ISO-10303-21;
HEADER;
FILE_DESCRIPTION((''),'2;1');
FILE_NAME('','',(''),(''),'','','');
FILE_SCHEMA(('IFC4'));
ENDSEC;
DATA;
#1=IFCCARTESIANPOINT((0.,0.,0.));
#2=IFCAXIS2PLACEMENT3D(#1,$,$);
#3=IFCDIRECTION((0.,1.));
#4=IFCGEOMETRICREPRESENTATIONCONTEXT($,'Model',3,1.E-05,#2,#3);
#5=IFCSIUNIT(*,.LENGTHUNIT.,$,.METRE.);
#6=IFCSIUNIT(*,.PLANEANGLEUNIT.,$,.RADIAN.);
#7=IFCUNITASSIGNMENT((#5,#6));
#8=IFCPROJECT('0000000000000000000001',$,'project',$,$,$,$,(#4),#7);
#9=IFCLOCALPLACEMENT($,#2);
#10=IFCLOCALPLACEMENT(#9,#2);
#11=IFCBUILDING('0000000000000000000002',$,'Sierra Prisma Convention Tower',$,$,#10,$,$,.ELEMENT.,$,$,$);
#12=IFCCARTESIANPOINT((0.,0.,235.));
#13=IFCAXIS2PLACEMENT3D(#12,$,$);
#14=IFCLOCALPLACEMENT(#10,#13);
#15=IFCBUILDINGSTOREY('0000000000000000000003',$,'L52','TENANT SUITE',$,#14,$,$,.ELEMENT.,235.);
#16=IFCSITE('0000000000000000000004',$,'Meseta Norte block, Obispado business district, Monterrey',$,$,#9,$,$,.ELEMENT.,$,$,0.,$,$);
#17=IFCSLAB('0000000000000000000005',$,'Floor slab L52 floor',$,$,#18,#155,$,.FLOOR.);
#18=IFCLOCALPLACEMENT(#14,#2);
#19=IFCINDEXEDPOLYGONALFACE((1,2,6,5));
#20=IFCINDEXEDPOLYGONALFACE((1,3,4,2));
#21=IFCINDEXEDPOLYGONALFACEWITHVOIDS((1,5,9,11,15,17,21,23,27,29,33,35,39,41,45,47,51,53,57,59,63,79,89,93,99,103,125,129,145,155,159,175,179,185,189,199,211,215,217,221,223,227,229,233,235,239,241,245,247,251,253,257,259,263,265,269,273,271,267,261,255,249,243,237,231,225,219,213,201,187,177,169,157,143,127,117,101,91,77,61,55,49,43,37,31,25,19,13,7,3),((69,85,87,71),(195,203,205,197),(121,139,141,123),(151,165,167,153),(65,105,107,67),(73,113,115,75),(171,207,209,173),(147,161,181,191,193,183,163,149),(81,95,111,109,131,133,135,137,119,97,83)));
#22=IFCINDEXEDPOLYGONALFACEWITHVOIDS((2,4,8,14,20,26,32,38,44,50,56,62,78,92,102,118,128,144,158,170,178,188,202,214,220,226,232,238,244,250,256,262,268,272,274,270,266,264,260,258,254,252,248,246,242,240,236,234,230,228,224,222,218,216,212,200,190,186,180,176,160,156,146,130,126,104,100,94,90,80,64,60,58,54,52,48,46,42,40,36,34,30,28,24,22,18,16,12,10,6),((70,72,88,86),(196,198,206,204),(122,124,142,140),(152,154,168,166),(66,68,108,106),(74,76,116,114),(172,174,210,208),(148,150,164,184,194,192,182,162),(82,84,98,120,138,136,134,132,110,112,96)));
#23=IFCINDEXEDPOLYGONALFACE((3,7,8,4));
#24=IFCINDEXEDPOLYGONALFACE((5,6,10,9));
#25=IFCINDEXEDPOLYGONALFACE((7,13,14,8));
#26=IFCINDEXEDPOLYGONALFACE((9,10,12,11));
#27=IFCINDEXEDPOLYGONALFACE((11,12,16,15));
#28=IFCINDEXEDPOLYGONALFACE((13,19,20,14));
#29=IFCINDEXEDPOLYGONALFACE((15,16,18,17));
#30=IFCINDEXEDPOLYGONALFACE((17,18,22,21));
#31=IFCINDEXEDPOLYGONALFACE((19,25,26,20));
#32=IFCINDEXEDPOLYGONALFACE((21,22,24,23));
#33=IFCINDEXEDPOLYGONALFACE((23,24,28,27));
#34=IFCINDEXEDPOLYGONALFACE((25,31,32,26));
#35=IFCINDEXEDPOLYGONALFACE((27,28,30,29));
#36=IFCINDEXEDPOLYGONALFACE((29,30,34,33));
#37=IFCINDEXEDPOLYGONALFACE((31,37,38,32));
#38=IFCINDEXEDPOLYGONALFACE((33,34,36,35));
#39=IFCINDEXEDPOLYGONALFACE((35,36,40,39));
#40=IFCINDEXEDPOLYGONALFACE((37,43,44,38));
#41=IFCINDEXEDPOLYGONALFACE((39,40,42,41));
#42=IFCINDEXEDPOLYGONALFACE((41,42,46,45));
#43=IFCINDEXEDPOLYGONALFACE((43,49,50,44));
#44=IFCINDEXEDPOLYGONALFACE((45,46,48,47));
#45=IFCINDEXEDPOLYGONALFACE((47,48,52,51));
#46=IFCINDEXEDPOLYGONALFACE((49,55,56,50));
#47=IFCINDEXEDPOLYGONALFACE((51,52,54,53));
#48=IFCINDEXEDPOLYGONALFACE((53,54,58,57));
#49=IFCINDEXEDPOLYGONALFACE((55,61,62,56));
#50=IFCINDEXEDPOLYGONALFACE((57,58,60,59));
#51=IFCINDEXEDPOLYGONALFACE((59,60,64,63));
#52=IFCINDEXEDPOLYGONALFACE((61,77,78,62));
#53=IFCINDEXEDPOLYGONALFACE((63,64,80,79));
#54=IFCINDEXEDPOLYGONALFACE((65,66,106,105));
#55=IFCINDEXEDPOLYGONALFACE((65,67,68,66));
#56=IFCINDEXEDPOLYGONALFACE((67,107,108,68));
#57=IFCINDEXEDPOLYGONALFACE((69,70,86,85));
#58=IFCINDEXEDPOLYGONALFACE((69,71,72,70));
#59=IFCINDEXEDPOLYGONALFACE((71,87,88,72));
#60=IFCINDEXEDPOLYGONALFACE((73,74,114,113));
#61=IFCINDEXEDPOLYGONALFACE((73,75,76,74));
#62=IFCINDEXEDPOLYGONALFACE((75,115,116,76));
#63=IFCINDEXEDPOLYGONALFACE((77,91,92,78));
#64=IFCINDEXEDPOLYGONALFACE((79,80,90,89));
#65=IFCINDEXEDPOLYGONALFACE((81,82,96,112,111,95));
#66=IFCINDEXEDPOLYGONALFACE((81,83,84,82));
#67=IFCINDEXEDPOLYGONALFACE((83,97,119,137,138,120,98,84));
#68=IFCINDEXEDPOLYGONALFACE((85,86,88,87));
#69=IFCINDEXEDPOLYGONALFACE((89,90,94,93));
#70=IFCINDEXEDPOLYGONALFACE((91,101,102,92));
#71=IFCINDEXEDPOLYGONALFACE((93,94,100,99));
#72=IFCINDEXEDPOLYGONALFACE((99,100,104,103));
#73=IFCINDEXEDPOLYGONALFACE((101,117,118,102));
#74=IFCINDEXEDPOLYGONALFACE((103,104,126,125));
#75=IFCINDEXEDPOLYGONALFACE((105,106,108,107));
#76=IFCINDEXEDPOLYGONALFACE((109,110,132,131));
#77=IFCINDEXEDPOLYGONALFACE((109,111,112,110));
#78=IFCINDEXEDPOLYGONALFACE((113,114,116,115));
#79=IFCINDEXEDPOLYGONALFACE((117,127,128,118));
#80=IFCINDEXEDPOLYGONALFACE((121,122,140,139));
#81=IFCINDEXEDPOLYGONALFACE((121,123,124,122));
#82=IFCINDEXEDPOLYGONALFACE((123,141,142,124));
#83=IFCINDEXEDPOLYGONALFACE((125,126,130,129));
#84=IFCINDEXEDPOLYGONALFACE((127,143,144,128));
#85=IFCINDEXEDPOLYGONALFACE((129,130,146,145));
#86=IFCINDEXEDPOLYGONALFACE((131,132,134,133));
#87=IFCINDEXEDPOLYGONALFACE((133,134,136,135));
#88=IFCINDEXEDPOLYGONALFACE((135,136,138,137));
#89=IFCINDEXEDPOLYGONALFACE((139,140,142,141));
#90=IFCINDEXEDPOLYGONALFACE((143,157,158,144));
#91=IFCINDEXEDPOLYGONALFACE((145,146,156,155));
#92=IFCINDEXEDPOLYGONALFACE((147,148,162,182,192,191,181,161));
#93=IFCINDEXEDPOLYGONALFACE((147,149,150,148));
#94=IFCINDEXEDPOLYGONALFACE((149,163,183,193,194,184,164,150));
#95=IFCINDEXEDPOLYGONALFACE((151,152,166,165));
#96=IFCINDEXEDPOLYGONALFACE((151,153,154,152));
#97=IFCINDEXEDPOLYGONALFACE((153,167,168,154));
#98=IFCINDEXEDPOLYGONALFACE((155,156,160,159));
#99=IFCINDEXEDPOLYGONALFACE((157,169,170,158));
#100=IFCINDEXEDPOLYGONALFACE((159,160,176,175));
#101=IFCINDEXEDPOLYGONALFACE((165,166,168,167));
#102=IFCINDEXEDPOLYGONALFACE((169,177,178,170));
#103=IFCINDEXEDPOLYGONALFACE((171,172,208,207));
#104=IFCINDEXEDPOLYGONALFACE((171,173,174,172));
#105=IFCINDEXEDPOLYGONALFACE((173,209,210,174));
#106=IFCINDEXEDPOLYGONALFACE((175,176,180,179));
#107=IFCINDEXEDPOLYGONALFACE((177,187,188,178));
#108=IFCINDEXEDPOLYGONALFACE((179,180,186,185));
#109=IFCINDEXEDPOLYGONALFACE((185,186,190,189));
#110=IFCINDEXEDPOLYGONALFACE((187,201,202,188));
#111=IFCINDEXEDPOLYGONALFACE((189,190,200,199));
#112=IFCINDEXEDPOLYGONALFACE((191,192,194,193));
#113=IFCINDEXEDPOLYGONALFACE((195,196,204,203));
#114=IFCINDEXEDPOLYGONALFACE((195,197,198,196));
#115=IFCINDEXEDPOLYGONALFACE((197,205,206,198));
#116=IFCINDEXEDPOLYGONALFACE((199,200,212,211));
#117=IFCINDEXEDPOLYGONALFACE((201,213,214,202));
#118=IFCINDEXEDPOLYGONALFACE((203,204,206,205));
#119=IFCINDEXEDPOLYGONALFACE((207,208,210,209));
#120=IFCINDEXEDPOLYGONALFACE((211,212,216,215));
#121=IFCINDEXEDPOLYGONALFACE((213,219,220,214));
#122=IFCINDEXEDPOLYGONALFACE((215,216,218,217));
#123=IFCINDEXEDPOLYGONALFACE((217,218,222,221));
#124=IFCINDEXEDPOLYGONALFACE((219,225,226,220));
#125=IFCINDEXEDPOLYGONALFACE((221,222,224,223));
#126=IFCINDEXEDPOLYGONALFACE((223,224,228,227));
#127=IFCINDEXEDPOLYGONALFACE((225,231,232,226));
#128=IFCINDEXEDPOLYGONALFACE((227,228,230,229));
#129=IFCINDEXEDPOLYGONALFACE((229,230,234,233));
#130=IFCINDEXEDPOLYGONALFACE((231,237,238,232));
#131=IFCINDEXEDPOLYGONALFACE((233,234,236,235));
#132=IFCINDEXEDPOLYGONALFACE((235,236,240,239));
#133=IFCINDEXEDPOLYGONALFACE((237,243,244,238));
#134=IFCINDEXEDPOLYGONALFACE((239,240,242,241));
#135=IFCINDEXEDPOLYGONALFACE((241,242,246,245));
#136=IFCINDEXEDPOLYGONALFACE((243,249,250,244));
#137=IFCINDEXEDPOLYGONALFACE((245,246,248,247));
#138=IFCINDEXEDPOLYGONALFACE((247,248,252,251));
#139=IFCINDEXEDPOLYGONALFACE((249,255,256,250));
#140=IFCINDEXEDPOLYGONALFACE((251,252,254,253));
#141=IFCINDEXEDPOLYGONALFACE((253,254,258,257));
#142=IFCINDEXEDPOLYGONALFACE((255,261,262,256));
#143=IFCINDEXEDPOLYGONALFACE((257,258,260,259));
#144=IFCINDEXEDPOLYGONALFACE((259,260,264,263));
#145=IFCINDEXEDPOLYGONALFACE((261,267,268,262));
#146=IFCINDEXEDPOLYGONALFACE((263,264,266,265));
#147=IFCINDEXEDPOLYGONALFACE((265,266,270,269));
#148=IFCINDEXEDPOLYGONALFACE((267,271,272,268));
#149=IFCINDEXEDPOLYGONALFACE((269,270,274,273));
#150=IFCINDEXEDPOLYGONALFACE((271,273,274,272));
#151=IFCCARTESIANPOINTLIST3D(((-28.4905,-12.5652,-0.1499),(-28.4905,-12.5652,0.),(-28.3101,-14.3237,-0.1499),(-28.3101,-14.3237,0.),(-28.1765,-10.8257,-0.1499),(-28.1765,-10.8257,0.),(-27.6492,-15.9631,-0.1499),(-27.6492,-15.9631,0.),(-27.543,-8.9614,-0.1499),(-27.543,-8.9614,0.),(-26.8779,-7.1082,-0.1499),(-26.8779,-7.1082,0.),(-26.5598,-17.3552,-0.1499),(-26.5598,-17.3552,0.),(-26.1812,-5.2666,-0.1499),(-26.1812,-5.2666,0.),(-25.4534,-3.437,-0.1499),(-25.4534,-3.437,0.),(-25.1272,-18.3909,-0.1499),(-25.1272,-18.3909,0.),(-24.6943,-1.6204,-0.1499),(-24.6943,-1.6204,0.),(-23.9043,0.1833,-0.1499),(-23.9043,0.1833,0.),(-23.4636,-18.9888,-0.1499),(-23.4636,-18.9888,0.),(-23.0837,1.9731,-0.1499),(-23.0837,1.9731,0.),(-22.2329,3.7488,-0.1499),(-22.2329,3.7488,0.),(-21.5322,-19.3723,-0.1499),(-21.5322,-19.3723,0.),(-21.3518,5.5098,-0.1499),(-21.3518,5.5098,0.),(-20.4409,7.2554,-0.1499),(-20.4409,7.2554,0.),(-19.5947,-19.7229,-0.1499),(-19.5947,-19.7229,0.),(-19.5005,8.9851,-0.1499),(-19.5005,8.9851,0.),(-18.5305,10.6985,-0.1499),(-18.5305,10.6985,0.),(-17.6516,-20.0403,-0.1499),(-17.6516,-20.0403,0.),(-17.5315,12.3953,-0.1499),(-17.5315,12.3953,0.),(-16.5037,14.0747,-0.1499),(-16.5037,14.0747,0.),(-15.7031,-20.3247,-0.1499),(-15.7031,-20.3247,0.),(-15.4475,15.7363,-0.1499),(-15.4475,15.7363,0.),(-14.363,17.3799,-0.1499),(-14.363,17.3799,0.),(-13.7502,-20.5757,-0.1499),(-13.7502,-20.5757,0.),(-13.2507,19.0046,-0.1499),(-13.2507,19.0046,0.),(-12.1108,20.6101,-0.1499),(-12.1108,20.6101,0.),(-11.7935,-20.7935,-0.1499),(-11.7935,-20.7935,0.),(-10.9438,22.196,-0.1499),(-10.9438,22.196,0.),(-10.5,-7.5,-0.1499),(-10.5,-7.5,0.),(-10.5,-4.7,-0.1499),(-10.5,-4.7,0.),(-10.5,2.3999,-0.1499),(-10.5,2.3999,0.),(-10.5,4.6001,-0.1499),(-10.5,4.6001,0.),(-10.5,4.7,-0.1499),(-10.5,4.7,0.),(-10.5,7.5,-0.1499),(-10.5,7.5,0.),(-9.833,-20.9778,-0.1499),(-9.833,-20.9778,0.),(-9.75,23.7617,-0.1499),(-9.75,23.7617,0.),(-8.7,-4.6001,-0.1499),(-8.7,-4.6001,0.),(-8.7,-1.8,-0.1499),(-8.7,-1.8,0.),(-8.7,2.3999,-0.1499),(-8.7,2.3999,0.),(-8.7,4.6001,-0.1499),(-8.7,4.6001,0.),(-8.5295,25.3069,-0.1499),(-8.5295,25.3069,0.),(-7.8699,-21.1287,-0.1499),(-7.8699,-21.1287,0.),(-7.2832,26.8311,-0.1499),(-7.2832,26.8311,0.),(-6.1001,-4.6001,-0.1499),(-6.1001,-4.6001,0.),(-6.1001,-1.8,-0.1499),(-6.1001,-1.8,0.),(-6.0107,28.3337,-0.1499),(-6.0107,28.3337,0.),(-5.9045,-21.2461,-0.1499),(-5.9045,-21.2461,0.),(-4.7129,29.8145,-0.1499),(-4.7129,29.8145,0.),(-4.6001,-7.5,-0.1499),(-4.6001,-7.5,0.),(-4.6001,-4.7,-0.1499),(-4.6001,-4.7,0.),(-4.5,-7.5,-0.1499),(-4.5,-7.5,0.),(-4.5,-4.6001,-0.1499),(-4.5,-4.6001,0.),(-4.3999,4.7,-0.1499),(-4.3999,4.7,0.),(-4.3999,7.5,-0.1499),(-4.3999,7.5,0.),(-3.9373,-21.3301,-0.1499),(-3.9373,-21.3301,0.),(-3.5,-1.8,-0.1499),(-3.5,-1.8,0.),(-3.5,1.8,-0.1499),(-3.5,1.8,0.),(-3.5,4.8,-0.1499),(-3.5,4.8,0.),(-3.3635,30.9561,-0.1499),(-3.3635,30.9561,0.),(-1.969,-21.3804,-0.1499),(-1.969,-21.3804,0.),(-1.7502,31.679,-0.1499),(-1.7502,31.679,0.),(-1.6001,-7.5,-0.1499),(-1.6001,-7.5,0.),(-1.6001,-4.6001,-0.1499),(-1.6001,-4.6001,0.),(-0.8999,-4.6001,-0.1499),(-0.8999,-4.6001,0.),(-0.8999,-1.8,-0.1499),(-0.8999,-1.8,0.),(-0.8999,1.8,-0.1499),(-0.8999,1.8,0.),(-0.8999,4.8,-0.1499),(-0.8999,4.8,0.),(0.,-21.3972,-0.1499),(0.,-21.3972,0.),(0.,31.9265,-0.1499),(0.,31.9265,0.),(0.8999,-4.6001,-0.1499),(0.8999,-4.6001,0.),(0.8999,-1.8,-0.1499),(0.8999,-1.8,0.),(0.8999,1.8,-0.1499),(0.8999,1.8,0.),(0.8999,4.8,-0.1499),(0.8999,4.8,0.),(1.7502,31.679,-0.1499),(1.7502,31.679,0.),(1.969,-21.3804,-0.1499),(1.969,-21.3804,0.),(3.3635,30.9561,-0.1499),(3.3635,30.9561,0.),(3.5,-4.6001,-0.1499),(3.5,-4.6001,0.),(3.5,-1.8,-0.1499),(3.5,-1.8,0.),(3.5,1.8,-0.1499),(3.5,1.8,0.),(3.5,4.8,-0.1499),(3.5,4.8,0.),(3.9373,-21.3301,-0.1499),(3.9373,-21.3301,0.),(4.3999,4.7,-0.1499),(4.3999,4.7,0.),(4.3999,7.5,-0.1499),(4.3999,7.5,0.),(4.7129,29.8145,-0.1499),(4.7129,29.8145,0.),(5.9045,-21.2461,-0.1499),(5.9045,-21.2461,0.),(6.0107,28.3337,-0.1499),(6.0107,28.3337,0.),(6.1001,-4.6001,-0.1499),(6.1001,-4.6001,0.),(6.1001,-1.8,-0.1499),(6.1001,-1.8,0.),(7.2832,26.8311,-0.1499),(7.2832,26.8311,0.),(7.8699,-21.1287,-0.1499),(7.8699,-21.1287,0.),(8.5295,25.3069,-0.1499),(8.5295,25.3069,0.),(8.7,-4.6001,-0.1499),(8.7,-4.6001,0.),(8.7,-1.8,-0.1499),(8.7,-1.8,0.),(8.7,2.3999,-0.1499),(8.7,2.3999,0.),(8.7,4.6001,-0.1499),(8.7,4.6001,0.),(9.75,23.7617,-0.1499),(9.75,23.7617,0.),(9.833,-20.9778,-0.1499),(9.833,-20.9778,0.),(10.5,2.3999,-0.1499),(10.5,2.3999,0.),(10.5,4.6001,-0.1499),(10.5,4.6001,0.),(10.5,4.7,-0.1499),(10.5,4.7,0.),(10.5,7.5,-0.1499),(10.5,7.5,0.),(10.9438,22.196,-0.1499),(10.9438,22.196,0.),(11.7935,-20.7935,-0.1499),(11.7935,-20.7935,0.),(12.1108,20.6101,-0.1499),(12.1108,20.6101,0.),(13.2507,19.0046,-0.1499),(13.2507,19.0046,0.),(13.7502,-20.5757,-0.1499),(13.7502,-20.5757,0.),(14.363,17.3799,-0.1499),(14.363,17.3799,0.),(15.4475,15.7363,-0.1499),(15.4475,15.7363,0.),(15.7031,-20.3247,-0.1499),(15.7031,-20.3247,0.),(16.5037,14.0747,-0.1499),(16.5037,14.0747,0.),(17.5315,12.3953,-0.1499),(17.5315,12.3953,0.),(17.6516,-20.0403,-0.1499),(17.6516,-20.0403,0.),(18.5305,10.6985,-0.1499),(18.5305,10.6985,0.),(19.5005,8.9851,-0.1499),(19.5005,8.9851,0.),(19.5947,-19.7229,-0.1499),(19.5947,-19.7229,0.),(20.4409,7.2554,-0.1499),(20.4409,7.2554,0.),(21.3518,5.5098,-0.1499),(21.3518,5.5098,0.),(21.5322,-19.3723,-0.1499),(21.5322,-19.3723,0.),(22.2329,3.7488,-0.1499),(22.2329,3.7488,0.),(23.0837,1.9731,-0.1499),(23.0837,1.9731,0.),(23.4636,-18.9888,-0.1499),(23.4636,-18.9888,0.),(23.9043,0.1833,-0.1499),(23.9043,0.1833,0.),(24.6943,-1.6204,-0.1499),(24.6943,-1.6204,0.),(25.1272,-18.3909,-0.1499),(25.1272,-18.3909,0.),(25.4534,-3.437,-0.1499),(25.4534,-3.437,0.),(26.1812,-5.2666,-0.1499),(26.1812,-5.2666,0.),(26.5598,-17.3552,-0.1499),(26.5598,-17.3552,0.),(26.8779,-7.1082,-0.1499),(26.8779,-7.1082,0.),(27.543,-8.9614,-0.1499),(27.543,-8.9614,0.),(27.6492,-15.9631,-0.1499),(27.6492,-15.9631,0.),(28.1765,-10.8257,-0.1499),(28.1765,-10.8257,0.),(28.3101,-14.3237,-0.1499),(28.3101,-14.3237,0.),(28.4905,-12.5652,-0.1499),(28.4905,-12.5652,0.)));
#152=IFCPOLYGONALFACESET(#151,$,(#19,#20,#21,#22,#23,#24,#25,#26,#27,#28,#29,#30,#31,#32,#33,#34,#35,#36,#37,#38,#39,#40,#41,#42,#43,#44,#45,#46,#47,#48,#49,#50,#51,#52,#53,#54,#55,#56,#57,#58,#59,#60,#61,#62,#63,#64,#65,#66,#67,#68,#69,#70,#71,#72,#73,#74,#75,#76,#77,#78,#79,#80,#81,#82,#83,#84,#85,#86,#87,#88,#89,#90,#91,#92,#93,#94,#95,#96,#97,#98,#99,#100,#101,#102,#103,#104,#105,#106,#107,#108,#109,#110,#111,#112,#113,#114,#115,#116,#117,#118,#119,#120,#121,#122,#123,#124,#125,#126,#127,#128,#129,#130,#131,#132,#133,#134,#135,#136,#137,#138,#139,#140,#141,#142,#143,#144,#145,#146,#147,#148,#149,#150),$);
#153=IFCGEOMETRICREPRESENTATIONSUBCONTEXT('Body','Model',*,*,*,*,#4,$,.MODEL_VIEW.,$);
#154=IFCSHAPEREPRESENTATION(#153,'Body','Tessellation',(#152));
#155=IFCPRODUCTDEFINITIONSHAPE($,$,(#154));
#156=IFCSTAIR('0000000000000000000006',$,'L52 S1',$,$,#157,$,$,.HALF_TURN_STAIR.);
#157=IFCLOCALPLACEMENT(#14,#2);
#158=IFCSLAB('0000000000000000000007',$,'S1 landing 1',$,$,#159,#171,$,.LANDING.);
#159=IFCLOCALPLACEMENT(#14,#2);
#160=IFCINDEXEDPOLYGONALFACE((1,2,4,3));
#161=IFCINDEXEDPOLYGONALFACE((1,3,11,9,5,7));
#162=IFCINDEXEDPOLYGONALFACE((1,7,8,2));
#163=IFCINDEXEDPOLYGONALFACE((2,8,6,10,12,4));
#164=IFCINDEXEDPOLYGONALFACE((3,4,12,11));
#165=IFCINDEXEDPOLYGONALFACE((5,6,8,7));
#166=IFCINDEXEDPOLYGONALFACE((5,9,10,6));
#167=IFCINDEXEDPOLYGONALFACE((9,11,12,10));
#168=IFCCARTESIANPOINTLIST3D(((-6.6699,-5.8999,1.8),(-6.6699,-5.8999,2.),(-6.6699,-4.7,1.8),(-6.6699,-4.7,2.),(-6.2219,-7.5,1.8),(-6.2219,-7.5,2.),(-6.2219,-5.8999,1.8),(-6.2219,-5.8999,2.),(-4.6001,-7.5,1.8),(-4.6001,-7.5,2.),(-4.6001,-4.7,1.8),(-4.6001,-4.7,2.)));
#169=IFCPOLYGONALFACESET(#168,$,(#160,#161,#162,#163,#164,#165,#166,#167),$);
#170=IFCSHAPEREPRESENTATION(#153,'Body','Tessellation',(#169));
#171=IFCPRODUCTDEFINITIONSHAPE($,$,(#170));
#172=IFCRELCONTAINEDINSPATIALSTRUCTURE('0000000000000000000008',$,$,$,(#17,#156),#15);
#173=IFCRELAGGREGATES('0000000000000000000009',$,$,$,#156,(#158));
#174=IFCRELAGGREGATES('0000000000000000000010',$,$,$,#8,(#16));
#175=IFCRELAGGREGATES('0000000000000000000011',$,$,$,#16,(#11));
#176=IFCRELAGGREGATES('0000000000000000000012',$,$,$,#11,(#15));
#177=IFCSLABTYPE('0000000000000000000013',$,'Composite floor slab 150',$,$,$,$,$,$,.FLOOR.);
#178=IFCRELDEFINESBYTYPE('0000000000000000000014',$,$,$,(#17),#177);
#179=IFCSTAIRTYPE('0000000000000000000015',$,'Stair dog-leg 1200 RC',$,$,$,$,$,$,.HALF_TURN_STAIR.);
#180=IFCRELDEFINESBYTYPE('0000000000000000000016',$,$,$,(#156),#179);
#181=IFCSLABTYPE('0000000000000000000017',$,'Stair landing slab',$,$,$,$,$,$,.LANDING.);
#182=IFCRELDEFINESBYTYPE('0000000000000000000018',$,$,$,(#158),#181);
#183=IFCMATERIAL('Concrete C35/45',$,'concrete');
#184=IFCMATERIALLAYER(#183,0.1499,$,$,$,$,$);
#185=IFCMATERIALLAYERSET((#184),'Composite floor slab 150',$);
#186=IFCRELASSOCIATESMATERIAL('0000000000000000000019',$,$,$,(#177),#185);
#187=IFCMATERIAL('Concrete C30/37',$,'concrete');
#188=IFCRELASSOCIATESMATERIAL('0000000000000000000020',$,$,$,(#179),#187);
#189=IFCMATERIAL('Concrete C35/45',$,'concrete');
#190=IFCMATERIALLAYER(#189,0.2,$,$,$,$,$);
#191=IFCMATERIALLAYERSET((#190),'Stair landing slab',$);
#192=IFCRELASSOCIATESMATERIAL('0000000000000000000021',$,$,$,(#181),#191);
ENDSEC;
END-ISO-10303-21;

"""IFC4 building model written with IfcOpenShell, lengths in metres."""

from ifc_helpers import new_model, si_unit, direction, frame, origin, place, context, subcontext, project, spatial, polyline, outline, extrude, material, layer, layer_set, type_object, element, aggregate, save


model = new_model("IFC4")

# Units and contexts
model_context = context("Model", 3, precision=1e-05, world=origin(), true_north=direction((0.0, 1.0)))
body_context = subcontext(model_context, "Body", "Model", "MODEL_VIEW")
ifc_project = project(units=[si_unit("LENGTHUNIT", "METRE"), si_unit("PLANEANGLEUNIT", "RADIAN")], contexts=[model_context])

# Site, building, storey
site_placement = place(None, origin())
site = spatial("IfcSite", under=ifc_project, at=site_placement, Name="Meseta Norte block, Obispado business district, Monterrey", CompositionType="ELEMENT", RefElevation=0.0)
building_placement = place(site_placement, origin())
building = spatial("IfcBuilding", under=site, at=building_placement, Name="Sierra Prisma Convention Tower", CompositionType="ELEMENT")
storey_placement = place(building_placement, frame((0.0, 0.0, 235.0)))
storey = spatial("IfcBuildingStorey", under=building, at=storey_placement, Name="L52", Description="TENANT SUITE", CompositionType="ELEMENT", Elevation=235.0)

# Slab
ifc_material_1 = material(Name="Concrete C35/45", Category="concrete")
ifc_layer_1 = layer(ifc_material_1, 0.1499)
ifc_layer_set_1 = layer_set([ifc_layer_1], Name="Composite floor slab 150")
slab_type_1 = type_object("IfcSlabType", Name="Composite floor slab 150", PredefinedType="FLOOR", material=ifc_layer_set_1)
slab_1_placement = place(storey_placement, frame((0.0, 0.0, -0.1499)))
element("IfcSlab", 1, at=slab_1_placement, inside=storey, type_object=slab_type_1, Name="Floor slab L52 floor", PredefinedType="FLOOR", context=body_context, shape_type="SweptSolid", body=[
    extrude(outline(polyline([(-23.4636, -18.9888), (-21.5322, -19.3723), (-19.5947, -19.7229), (-17.6516, -20.0403), (-15.7031, -20.3247), (-13.7502, -20.5757), (-11.7935, -20.7935), (-9.833, -20.9778), (-7.8699, -21.1287), (-5.9045, -21.2461), (-3.9373, -21.3301), (-1.969, -21.3804), (0.0, -21.3972), (1.969, -21.3804), (3.9373, -21.3301), (5.9045, -21.2461), (7.8699, -21.1287), (9.833, -20.9778), (11.7935, -20.7935), (13.7502, -20.5757), (15.7031, -20.3247), (17.6516, -20.0403), (19.5947, -19.7229), (21.5322, -19.3723), (23.4636, -18.9888), (25.1272, -18.3909), (26.5598, -17.3552), (27.6492, -15.9631), (28.3101, -14.3237), (28.4905, -12.5652), (28.1765, -10.8257), (27.543, -8.9614), (26.8779, -7.1082), (26.1812, -5.2666), (25.4534, -3.437), (24.6943, -1.6204), (23.9043, 0.1833), (23.0837, 1.9731), (22.2329, 3.7488), (21.3518, 5.5098), (20.4409, 7.2554), (19.5005, 8.9851), (18.5305, 10.6985), (17.5315, 12.3953), (16.5037, 14.0747), (15.4475, 15.7363), (14.363, 17.3799), (13.2507, 19.0046), (12.1108, 20.6101), (10.9438, 22.196), (9.75, 23.7617), (8.5295, 25.3069), (7.2832, 26.8311), (6.0107, 28.3337), (4.7129, 29.8145), (3.3635, 30.9561), (1.7502, 31.679), (0.0, 31.9265), (-1.7502, 31.679), (-3.3635, 30.9561), (-4.7129, 29.8145), (-6.0107, 28.3337), (-7.2832, 26.8311), (-8.5295, 25.3069), (-9.75, 23.7617), (-10.9438, 22.196), (-12.1108, 20.6101), (-13.2507, 19.0046), (-14.363, 17.3799), (-15.4475, 15.7363), (-16.5037, 14.0747), (-17.5315, 12.3953), (-18.5305, 10.6985), (-19.5005, 8.9851), (-20.4409, 7.2554), (-21.3518, 5.5098), (-22.2329, 3.7488), (-23.0837, 1.9731), (-23.9043, 0.1833), (-24.6943, -1.6204), (-25.4534, -3.437), (-26.1812, -5.2666), (-26.8779, -7.1082), (-27.543, -8.9614), (-28.1765, -10.8257), (-28.4905, -12.5652), (-28.3101, -14.3237), (-27.6492, -15.9631), (-26.5598, -17.3552), (-25.1272, -18.3909), (-23.4636, -18.9888)]), holes=[polyline([(-4.6001, -4.7), (-4.6001, -7.5), (-10.5, -7.5), (-10.5, -4.7), (-4.6001, -4.7)]), polyline([(-4.5, -7.5), (-4.5, -4.6001), (-6.1001, -4.6001), (-8.7, -4.6001), (-8.7, -1.8), (-6.1001, -1.8), (-3.5, -1.8), (-0.8999, -1.8), (-0.8999, -4.6001), (-1.6001, -4.6001), (-1.6001, -7.5), (-4.5, -7.5)]), polyline([(-8.7, 2.3999), (-10.5, 2.3999), (-10.5, 4.6001), (-8.7, 4.6001), (-8.7, 2.3999)]), polyline([(-4.3999, 4.7), (-10.5, 4.7), (-10.5, 7.5), (-4.3999, 7.5), (-4.3999, 4.7)]), polyline([(3.5, -1.8), (6.1001, -1.8), (8.7, -1.8), (8.7, -4.6001), (6.1001, -4.6001), (3.5, -4.6001), (0.8999, -4.6001), (0.8999, -1.8), (3.5, -1.8)]), polyline([(-0.8999, 1.8), (-3.5, 1.8), (-3.5, 4.8), (-0.8999, 4.8), (-0.8999, 1.8)]), polyline([(3.5, 1.8), (0.8999, 1.8), (0.8999, 4.8), (3.5, 4.8), (3.5, 1.8)]), polyline([(10.5, 2.3999), (8.7, 2.3999), (8.7, 4.6001), (10.5, 4.6001), (10.5, 2.3999)]), polyline([(10.5, 4.7), (4.3999, 4.7), (4.3999, 7.5), (10.5, 7.5), (10.5, 4.7)])]), origin(), (0.0, 0.0, 1.0), 0.1499),
])

# Stair, slab
ifc_material_2 = material(Name="Concrete C30/37", Category="concrete")
stair_type = type_object("IfcStairType", Name="Stair dog-leg 1200 RC", PredefinedType="HALF_TURN_STAIR", material=ifc_material_2)
stair_1_placement = place(storey_placement, origin())
stair_1 = element("IfcStair", 2, at=stair_1_placement, inside=storey, type_object=stair_type, Name="L52 S1", PredefinedType="HALF_TURN_STAIR")
ifc_material_3 = material(Name="Concrete C35/45", Category="concrete")
ifc_layer_2 = layer(ifc_material_3, 0.2)
ifc_layer_set_2 = layer_set([ifc_layer_2], Name="Stair landing slab")
slab_type_2 = type_object("IfcSlabType", Name="Stair landing slab", PredefinedType="LANDING", material=ifc_layer_set_2)
slab_2_placement = place(storey_placement, frame((0.0, 0.0, 1.8)))
slab_2 = element("IfcSlab", 3, at=slab_2_placement, type_object=slab_type_2, Name="S1 landing 1", PredefinedType="LANDING", context=body_context, shape_type="SweptSolid", body=[
    extrude(outline(polyline([(-4.6001, -4.7), (-4.6001, -7.5), (-6.2219, -7.5), (-6.2219, -5.8999), (-6.6699, -5.8999), (-6.6699, -4.7), (-4.6001, -4.7)])), origin(), (0.0, 0.0, 1.0), 0.2),
])
aggregate(stair_1, [slab_2])

save(model, "model.ifc")
